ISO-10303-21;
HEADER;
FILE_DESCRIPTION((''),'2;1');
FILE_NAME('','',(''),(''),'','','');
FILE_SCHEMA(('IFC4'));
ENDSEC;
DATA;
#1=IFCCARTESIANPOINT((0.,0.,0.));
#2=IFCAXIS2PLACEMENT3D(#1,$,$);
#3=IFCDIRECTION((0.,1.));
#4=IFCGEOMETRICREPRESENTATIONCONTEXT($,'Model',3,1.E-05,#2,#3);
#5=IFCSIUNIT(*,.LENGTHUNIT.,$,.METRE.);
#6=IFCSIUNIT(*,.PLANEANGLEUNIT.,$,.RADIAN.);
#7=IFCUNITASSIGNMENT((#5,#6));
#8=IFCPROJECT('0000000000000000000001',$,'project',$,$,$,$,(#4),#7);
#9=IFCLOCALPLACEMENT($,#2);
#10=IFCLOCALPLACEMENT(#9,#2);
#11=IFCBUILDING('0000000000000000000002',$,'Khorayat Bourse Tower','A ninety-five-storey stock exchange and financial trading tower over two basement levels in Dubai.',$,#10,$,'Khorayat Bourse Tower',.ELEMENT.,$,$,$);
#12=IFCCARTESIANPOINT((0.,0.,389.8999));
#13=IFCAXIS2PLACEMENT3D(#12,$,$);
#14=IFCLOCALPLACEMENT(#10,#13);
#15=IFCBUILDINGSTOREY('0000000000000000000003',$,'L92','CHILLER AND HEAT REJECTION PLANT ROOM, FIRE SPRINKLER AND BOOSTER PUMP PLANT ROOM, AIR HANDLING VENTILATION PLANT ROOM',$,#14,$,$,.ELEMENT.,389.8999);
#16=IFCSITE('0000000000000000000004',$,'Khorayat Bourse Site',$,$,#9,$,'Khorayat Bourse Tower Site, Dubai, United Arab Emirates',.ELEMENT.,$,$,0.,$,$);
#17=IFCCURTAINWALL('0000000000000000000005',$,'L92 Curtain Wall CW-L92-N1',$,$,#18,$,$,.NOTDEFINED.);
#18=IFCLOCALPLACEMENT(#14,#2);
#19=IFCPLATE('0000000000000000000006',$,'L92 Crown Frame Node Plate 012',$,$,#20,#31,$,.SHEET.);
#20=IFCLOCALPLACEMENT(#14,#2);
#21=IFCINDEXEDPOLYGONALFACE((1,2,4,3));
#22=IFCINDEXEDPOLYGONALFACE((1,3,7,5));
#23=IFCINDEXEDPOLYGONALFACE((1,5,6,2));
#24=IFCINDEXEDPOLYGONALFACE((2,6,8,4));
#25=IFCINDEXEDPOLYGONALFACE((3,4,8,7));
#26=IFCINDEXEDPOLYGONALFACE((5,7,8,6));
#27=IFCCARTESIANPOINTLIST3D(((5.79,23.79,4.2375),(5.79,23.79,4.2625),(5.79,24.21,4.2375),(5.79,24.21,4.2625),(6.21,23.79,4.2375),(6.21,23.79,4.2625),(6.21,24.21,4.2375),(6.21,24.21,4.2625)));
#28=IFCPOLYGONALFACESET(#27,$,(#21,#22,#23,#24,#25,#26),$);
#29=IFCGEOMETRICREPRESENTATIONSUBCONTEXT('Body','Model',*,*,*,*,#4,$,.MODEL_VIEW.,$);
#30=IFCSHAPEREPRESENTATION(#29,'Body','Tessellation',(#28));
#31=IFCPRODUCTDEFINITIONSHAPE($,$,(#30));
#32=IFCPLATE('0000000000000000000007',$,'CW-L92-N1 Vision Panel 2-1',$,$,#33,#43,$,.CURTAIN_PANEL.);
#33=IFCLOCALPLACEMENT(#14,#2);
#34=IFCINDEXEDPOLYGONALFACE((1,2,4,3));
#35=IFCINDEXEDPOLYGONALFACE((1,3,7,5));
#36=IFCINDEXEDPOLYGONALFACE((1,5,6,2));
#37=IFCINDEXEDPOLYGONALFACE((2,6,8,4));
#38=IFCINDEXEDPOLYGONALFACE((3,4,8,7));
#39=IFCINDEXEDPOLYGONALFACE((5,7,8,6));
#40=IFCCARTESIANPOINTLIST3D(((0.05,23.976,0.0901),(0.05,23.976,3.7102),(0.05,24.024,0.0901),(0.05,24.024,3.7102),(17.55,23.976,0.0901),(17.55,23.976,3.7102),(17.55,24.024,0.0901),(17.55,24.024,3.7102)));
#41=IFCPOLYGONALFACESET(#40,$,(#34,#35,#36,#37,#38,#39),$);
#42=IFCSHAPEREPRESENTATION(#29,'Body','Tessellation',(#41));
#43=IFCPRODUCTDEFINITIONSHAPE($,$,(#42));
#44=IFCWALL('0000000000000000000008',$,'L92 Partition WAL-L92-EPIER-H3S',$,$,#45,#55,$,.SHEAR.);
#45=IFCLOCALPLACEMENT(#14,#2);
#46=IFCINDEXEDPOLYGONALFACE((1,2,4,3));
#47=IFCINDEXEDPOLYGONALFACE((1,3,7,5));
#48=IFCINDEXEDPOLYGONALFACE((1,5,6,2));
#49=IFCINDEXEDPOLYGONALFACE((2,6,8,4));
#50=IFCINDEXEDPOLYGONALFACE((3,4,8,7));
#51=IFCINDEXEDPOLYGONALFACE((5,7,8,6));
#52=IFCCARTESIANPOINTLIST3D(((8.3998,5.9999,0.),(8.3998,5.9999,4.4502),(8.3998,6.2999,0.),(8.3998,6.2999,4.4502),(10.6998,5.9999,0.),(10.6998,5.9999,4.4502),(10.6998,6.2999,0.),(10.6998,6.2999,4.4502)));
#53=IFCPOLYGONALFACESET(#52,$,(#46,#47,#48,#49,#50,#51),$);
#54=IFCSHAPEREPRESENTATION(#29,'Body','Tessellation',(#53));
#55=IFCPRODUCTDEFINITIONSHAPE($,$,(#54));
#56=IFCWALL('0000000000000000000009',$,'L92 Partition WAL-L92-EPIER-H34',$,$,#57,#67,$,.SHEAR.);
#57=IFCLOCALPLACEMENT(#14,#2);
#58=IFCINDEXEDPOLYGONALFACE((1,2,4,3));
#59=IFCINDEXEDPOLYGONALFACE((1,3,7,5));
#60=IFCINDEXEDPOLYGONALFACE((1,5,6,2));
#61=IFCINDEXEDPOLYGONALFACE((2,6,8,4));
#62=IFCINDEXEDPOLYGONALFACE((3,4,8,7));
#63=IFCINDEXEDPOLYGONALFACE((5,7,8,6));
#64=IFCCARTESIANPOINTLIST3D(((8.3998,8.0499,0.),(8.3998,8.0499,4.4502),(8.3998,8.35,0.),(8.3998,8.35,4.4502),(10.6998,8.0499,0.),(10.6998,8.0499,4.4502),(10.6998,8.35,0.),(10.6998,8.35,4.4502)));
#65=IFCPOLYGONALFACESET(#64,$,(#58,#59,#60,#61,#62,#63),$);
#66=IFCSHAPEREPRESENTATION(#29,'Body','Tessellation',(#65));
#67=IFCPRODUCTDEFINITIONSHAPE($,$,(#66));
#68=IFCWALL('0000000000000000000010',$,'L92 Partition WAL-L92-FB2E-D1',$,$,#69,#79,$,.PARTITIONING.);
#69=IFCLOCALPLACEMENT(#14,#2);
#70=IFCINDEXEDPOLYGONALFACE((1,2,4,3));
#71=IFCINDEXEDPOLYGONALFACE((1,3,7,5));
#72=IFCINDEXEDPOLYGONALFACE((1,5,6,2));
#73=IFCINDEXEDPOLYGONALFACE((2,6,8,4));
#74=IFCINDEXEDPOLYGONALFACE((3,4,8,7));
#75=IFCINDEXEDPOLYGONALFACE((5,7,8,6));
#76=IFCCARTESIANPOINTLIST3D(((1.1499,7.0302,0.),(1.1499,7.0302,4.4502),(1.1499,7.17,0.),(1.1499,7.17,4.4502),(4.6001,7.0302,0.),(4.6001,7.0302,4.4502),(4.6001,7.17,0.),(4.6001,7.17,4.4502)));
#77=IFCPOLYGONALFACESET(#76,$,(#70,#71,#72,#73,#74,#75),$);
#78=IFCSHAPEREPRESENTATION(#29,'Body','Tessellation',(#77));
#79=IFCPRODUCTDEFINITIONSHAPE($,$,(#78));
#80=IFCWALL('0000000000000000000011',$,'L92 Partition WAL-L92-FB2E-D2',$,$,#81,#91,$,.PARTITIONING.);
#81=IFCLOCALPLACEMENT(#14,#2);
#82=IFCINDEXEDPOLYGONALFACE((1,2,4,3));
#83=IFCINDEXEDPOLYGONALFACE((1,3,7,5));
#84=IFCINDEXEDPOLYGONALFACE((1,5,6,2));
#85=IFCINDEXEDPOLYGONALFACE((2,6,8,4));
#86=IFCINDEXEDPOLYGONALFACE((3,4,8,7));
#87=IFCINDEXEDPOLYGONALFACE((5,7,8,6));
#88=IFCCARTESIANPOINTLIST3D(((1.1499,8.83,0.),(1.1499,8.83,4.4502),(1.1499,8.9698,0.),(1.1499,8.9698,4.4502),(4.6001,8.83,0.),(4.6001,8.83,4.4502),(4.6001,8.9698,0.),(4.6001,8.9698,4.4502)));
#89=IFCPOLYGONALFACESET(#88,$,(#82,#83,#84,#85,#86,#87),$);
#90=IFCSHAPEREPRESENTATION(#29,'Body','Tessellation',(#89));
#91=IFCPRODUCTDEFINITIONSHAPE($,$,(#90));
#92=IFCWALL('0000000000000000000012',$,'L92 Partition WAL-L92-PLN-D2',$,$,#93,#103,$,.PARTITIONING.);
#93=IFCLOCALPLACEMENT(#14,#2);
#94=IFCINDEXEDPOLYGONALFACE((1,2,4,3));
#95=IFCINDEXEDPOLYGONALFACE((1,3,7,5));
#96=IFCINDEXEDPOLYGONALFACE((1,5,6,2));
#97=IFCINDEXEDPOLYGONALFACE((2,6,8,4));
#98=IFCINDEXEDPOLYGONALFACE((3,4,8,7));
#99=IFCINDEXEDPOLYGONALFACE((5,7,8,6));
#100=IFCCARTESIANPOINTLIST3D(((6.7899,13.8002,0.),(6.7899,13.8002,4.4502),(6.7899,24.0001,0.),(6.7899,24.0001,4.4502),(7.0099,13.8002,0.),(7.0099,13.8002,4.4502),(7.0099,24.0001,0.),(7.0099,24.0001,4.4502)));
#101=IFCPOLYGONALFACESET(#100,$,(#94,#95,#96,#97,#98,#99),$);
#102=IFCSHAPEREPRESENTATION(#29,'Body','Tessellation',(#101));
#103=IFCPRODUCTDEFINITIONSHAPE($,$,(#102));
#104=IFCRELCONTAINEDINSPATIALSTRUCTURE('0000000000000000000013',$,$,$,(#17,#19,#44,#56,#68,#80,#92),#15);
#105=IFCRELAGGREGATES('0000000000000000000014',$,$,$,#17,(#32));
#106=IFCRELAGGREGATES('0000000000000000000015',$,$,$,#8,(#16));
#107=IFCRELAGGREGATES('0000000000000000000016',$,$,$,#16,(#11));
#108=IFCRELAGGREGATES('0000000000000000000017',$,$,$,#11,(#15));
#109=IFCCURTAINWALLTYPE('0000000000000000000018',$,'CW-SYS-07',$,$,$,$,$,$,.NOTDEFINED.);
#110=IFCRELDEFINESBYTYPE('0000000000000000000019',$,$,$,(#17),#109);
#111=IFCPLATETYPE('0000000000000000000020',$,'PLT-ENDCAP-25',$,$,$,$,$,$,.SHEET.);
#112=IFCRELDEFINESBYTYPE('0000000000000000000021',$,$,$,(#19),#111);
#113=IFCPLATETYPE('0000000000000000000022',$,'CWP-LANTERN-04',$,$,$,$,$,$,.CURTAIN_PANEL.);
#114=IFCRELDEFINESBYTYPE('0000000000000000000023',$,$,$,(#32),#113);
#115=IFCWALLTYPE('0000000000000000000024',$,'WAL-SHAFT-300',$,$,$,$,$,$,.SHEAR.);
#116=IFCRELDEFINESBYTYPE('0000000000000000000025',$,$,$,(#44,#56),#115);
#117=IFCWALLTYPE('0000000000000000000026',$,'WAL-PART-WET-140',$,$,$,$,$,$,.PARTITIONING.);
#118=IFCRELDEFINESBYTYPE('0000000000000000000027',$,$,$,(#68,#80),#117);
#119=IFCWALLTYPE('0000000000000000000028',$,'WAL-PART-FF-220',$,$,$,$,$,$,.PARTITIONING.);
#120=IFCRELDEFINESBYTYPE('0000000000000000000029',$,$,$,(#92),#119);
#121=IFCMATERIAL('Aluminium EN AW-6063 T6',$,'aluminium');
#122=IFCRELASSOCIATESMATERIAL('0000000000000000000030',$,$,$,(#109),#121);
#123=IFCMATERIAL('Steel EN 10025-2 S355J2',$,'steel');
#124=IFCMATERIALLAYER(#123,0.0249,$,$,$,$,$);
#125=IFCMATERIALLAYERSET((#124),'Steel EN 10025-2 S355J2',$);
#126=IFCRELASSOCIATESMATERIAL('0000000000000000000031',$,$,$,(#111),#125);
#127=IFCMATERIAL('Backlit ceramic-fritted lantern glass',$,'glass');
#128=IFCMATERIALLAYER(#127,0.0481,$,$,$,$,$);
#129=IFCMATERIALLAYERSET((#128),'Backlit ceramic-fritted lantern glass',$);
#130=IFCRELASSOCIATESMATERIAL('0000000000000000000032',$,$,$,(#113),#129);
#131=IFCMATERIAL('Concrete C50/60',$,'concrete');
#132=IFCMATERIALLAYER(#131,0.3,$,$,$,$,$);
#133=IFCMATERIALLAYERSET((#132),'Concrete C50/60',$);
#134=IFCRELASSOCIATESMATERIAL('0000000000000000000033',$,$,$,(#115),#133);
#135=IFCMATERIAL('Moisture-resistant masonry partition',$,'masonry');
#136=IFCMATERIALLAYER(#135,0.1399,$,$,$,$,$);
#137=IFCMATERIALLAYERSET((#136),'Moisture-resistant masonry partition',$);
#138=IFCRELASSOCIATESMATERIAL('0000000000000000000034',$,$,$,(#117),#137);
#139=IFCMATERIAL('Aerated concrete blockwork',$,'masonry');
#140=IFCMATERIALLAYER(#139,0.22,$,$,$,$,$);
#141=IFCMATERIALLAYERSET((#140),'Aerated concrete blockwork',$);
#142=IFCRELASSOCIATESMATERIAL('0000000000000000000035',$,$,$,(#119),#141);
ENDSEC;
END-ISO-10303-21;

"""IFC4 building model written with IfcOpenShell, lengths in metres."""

from ifc_helpers import new_model, si_unit, direction, frame, frame_2d, origin, origin_2d, place, context, subcontext, project, spatial, rectangle, extrude, source, transform, mapped, material, layer, layer_set, type_object, element, aggregate, save


model = new_model("IFC4")

# Units and contexts
model_context = context("Model", 3, precision=1e-05, world=origin(), true_north=direction((0.0, 1.0)))
body_context = subcontext(model_context, "Body", "Model", "MODEL_VIEW")
ifc_project = project(units=[si_unit("LENGTHUNIT", "METRE"), si_unit("PLANEANGLEUNIT", "RADIAN")], contexts=[model_context])

# Site, building, storey
site_placement = place(None, origin())
site = spatial("IfcSite", under=ifc_project, at=site_placement, Name="Khorayat Bourse Site", LongName="Khorayat Bourse Tower Site, Dubai, United Arab Emirates", CompositionType="ELEMENT", RefElevation=0.0)
building_placement = place(site_placement, origin())
building = spatial("IfcBuilding", under=site, at=building_placement, Name="Khorayat Bourse Tower", Description="A ninety-five-storey stock exchange and financial trading tower over two basement levels in Dubai.", LongName="Khorayat Bourse Tower", CompositionType="ELEMENT")
storey_placement = place(building_placement, frame((0.0, 0.0, 389.8999)))
storey = spatial("IfcBuildingStorey", under=building, at=storey_placement, Name="L92", Description="CHILLER AND HEAT REJECTION PLANT ROOM, FIRE SPRINKLER AND BOOSTER PUMP PLANT ROOM, AIR HANDLING VENTILATION PLANT ROOM", CompositionType="ELEMENT", Elevation=389.8999)

# Shared definitions
ifc_material_1 = material(Name="Steel EN 10025-2 S355J2", Category="steel")

# Curtain wall
ifc_material_2 = material(Name="Aluminium EN AW-6063 T6", Category="aluminium")
curtain_wall_type = type_object("IfcCurtainWallType", Name="CW-SYS-07", PredefinedType="NOTDEFINED", material=ifc_material_2)
curtain_wall_placement = place(storey_placement, origin())
curtain_wall = element("IfcCurtainWall", 1, at=curtain_wall_placement, inside=storey, type_object=curtain_wall_type, Name="L92 Curtain Wall CW-L92-N1", PredefinedType="NOTDEFINED")

# Plate
ifc_layer_1 = layer(ifc_material_1, 0.0249)
ifc_layer_set_1 = layer_set([ifc_layer_1], Name="Steel EN 10025-2 S355J2")
plate_type_1 = type_object("IfcPlateType", Name="PLT-ENDCAP-25", PredefinedType="SHEET", material=ifc_layer_set_1)
shared_shape_1 = source(origin(), body_context, "Body", "SweptSolid", [
    extrude(rectangle(XDim=0.4199, YDim=0.4199, at=origin_2d()), origin(), (0.0, 0.0, 1.0), 0.0249),
])
for number, where, z_axis, x_axis, name in (
    (2, (6.0, 24.0, 4.2375), (0.0, 0.0, 1.0), (1.0, 0.0, 0.0), "L92 Crown Frame Node Plate 012"),
):
    element("IfcPlate", number, at=place(storey_placement, frame(where, z_axis=z_axis, x_axis=x_axis)), inside=storey, type_object=plate_type_1, Name=name, PredefinedType="SHEET", context=body_context, shape_type="MappedRepresentation", body=[
        mapped(shared_shape_1, transform((0.0, 0.0, 0.0), scale=1.0)),
    ])

# Plate
ifc_material_3 = material(Name="Backlit ceramic-fritted lantern glass", Category="glass")
ifc_layer_2 = layer(ifc_material_3, 0.0481)
ifc_layer_set_2 = layer_set([ifc_layer_2], Name="Backlit ceramic-fritted lantern glass")
plate_type_2 = type_object("IfcPlateType", Name="CWP-LANTERN-04", PredefinedType="CURTAIN_PANEL", material=ifc_layer_set_2)
shared_shape_2 = source(origin(), body_context, "Body", "SweptSolid", [
    extrude(rectangle(XDim=17.5, YDim=0.0481, at=origin_2d()), origin(), (0.0, 0.0, 1.0), 3.6201),
])
plate_placement = place(storey_placement, frame((8.8, 24.0, 0.0901), z_axis=(0.0, 0.0, 1.0), x_axis=(1.0, 0.0, 0.0)))
plate = element("IfcPlate", 3, at=plate_placement, type_object=plate_type_2, Name="CW-L92-N1 Vision Panel 2-1", PredefinedType="CURTAIN_PANEL", context=body_context, shape_type="MappedRepresentation", body=[
    mapped(shared_shape_2, transform((0.0, 0.0, 0.0), scale=1.0)),
])
aggregate(curtain_wall, [plate])

# Walls
ifc_material_4 = material(Name="Concrete C50/60", Category="concrete")
ifc_layer_3 = layer(ifc_material_4, 0.3)
ifc_layer_set_3 = layer_set([ifc_layer_3], Name="Concrete C50/60")
wall_type_1 = type_object("IfcWallType", Name="WAL-SHAFT-300", PredefinedType="SHEAR", material=ifc_layer_set_3)
shared_shape_3 = source(origin(), body_context, "Body", "SweptSolid", [
    extrude(rectangle(XDim=2.3, YDim=0.3, at=frame_2d((1.1499, 0.0))), origin(), (0.0, 0.0, 1.0), 4.4502),
])
for number, where, z_axis, x_axis, name in (
    (4, (8.3999, 6.1499, 0.0), (0.0, 0.0, 1.0), (1.0, 0.0, 0.0), "L92 Partition WAL-L92-EPIER-H3S"),
    (5, (8.3999, 8.2, 0.0), (0.0, 0.0, 1.0), (1.0, 0.0, 0.0), "L92 Partition WAL-L92-EPIER-H34"),
):
    element("IfcWall", number, at=place(storey_placement, frame(where, z_axis=z_axis, x_axis=x_axis)), inside=storey, type_object=wall_type_1, Name=name, PredefinedType="SHEAR", context=body_context, shape_type="MappedRepresentation", body=[
        mapped(shared_shape_3, transform((0.0, 0.0, 0.0), scale=1.0)),
    ])
ifc_material_5 = material(Name="Moisture-resistant masonry partition", Category="masonry")
ifc_layer_4 = layer(ifc_material_5, 0.1399)
ifc_layer_set_4 = layer_set([ifc_layer_4], Name="Moisture-resistant masonry partition")
wall_type_2 = type_object("IfcWallType", Name="WAL-PART-WET-140", PredefinedType="PARTITIONING", material=ifc_layer_set_4)
shared_shape_4 = source(origin(), body_context, "Body", "SweptSolid", [
    extrude(rectangle(XDim=3.4502, YDim=0.1399, at=frame_2d((1.7251, 0.0))), origin(), (0.0, 0.0, 1.0), 4.4502),
])
for number, where, z_axis, x_axis, name in (
    (6, (1.1499, 7.1001, 0.0), (0.0, 0.0, 1.0), (1.0, 0.0, 0.0), "L92 Partition WAL-L92-FB2E-D1"),
    (7, (1.1499, 8.8999, 0.0), (0.0, 0.0, 1.0), (1.0, 0.0, 0.0), "L92 Partition WAL-L92-FB2E-D2"),
):
    element("IfcWall", number, at=place(storey_placement, frame(where, z_axis=z_axis, x_axis=x_axis)), inside=storey, type_object=wall_type_2, Name=name, PredefinedType="PARTITIONING", context=body_context, shape_type="MappedRepresentation", body=[
        mapped(shared_shape_4, transform((0.0, 0.0, 0.0), scale=1.0)),
    ])
ifc_material_6 = material(Name="Aerated concrete blockwork", Category="masonry")
ifc_layer_5 = layer(ifc_material_6, 0.22)
ifc_layer_set_5 = layer_set([ifc_layer_5], Name="Aerated concrete blockwork")
wall_type_3 = type_object("IfcWallType", Name="WAL-PART-FF-220", PredefinedType="PARTITIONING", material=ifc_layer_set_5)
shared_shape_5 = source(origin(), body_context, "Body", "SweptSolid", [
    extrude(rectangle(XDim=10.2, YDim=0.22, at=frame_2d((5.1001, 0.0))), origin(), (0.0, 0.0, 1.0), 4.4502),
])
wall_1_placement = place(storey_placement, frame((6.8999, 13.8, 0.0), z_axis=(0.0, 0.0, 1.0), x_axis=(0.0, 1.0, 0.0)))
element("IfcWall", 8, at=wall_1_placement, inside=storey, type_object=wall_type_3, Name="L92 Partition WAL-L92-PLN-D2", PredefinedType="PARTITIONING", context=body_context, shape_type="MappedRepresentation", body=[
    mapped(shared_shape_5, transform((0.0, 0.0, 0.0), scale=1.0)),
])

save(model, "model.ifc")
